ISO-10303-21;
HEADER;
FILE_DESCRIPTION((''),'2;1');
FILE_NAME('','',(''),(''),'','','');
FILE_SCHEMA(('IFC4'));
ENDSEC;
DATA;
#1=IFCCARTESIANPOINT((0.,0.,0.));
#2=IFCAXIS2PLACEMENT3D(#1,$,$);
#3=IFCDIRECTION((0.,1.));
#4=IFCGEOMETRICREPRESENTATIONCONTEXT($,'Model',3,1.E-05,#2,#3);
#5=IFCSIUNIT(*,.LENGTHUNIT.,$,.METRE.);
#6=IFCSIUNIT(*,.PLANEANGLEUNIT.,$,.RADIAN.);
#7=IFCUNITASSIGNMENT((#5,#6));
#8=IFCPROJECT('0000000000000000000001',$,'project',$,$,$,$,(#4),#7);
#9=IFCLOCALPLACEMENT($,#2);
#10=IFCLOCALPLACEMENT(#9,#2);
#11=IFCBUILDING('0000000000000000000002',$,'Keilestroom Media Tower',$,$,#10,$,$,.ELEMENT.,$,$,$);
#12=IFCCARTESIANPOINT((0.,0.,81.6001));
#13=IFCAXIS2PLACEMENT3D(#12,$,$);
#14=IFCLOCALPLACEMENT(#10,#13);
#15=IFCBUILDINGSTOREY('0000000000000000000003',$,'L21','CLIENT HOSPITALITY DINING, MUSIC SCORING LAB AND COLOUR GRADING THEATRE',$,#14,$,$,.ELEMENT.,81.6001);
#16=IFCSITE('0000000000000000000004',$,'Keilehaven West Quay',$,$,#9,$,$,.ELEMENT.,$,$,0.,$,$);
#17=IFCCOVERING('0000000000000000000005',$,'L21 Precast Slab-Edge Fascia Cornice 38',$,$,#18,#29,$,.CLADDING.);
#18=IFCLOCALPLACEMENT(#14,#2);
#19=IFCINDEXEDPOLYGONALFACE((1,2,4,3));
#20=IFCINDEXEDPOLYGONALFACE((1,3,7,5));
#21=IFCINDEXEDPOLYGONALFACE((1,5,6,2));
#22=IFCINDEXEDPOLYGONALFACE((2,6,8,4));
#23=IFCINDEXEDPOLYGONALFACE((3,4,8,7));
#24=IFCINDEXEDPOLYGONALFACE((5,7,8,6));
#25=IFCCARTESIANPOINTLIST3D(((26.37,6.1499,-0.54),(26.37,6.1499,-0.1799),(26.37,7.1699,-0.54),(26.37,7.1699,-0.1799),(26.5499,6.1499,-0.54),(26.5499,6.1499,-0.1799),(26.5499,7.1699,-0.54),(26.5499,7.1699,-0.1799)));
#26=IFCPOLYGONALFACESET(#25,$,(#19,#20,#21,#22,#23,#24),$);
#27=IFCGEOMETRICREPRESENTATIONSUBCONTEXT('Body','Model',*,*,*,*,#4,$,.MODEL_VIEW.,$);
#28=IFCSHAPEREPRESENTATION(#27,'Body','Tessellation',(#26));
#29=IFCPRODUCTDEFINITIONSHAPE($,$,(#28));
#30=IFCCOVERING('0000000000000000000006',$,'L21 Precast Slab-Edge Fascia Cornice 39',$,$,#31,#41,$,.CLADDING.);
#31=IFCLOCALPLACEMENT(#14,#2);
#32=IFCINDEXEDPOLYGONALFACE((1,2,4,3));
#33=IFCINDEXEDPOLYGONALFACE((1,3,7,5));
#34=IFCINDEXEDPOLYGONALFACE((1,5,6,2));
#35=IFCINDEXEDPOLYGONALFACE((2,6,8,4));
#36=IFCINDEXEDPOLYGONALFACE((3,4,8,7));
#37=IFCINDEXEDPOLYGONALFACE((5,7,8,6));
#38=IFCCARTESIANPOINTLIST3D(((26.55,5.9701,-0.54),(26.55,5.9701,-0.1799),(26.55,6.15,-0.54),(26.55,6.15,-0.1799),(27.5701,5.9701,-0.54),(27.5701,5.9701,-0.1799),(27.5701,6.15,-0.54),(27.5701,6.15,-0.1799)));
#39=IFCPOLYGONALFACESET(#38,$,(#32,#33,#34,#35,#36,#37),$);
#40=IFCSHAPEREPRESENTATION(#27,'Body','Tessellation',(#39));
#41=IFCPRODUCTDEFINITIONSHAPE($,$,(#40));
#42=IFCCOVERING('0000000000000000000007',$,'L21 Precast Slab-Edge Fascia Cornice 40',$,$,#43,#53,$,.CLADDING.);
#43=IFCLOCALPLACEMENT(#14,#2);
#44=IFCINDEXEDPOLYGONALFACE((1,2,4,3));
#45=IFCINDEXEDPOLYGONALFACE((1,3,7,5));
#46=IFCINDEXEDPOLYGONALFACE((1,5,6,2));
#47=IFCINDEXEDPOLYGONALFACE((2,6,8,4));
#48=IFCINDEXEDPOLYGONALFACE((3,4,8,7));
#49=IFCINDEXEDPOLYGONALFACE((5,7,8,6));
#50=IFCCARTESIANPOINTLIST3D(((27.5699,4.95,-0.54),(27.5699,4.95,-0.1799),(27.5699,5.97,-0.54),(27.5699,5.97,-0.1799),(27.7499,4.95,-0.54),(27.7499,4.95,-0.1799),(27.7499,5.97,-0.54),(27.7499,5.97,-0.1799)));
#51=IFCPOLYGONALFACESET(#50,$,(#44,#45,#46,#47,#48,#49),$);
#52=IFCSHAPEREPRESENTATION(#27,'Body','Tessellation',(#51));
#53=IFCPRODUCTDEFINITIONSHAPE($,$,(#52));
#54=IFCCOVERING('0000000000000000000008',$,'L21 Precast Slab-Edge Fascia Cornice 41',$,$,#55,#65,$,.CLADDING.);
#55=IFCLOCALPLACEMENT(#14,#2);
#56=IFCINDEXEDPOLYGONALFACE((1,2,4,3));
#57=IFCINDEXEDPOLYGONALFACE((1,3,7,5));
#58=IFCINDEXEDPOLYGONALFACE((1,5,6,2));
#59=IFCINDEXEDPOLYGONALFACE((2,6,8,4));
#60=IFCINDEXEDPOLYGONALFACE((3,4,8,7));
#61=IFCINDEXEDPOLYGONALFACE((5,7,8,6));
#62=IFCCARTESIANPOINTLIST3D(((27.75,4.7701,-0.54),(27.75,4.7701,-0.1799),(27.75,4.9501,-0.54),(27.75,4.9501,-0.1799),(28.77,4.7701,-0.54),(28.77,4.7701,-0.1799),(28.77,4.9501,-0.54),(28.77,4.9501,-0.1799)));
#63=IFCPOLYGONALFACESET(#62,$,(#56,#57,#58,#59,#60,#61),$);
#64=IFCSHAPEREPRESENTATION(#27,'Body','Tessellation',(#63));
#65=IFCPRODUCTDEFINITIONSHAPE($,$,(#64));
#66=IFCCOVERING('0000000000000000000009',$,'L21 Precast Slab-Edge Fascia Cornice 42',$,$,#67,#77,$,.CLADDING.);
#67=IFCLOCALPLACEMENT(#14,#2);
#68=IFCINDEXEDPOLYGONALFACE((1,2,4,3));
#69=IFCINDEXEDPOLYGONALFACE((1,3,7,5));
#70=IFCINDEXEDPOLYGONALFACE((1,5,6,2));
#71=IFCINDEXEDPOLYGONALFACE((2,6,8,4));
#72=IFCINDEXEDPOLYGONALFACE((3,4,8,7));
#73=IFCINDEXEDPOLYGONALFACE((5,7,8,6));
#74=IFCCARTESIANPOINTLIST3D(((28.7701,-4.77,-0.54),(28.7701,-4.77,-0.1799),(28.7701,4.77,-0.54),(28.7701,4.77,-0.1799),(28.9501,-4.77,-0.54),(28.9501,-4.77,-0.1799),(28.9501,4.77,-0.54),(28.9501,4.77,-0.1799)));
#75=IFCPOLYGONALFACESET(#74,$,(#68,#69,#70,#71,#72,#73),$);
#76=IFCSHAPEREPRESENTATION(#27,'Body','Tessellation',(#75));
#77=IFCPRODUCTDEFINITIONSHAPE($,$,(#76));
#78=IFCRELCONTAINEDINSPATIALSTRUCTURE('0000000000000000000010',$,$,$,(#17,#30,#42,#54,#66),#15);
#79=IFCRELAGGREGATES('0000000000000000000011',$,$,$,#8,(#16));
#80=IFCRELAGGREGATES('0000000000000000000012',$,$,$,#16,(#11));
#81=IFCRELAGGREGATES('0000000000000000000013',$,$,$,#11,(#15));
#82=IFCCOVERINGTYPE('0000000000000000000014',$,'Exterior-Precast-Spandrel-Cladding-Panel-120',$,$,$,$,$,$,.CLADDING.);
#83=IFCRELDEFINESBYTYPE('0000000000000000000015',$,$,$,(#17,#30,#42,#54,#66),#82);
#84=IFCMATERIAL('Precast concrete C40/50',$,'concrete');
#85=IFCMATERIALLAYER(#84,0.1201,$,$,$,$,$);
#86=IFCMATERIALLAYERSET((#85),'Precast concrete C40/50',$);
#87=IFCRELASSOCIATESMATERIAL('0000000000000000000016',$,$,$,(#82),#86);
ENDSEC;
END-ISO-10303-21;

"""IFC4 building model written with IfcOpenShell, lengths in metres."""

from ifc_helpers import new_model, si_unit, direction, frame, origin, origin_2d, place, context, subcontext, project, spatial, rectangle, extrude, source, transform, mapped, material, layer, layer_set, type_object, element, save


model = new_model("IFC4")

# Units and contexts
model_context = context("Model", 3, precision=1e-05, world=origin(), true_north=direction((0.0, 1.0)))
body_context = subcontext(model_context, "Body", "Model", "MODEL_VIEW")
ifc_project = project(units=[si_unit("LENGTHUNIT", "METRE"), si_unit("PLANEANGLEUNIT", "RADIAN")], contexts=[model_context])

# Site, building, storey
site_placement = place(None, origin())
site = spatial("IfcSite", under=ifc_project, at=site_placement, Name="Keilehaven West Quay", CompositionType="ELEMENT", RefElevation=0.0)
building_placement = place(site_placement, origin())
building = spatial("IfcBuilding", under=site, at=building_placement, Name="Keilestroom Media Tower", CompositionType="ELEMENT")
storey_placement = place(building_placement, frame((0.0, 0.0, 81.6001)))
storey = spatial("IfcBuildingStorey", under=building, at=storey_placement, Name="L21", Description="CLIENT HOSPITALITY DINING, MUSIC SCORING LAB AND COLOUR GRADING THEATRE", CompositionType="ELEMENT", Elevation=81.6001)

# Shared definitions
ifc_material_1 = material(Name="Precast concrete C40/50", Category="concrete")

# Coverings
ifc_layer_1 = layer(ifc_material_1, 0.1201)
ifc_layer_set_1 = layer_set([ifc_layer_1], Name="Precast concrete C40/50")
covering_type = type_object("IfcCoveringType", Name="Exterior-Precast-Spandrel-Cladding-Panel-120", PredefinedType="CLADDING", material=ifc_layer_set_1)
shared_shape_1 = source(origin(), body_context, "Body", "SweptSolid", [
    extrude(rectangle(XDim=1.02, YDim=0.1799, at=origin_2d()), origin(), (0.0, 0.0, 1.0), 0.3601),
])
for number, where, z_axis, x_axis, name in (
    (1, (26.46, 6.6599, -0.54), (0.0, 0.0, 1.0), (0.0, -1.0, 0.0), "L21 Precast Slab-Edge Fascia Cornice 38"),
    (2, (27.0601, 6.0601, -0.54), (0.0, 0.0, 1.0), (1.0, 0.0, 0.0), "L21 Precast Slab-Edge Fascia Cornice 39"),
    (3, (27.6599, 5.46, -0.54), (0.0, 0.0, 1.0), (0.0, -1.0, 0.0), "L21 Precast Slab-Edge Fascia Cornice 40"),
    (4, (28.26, 4.8601, -0.54), (0.0, 0.0, 1.0), (1.0, 0.0, 0.0), "L21 Precast Slab-Edge Fascia Cornice 41"),
):
    element("IfcCovering", number, at=place(storey_placement, frame(where, z_axis=z_axis, x_axis=x_axis)), inside=storey, type_object=covering_type, Name=name, PredefinedType="CLADDING", context=body_context, shape_type="MappedRepresentation", body=[
        mapped(shared_shape_1, transform((0.0, 0.0, 0.0), x_axis=(1.0, 0.0, 0.0), y_axis=(0.0, 1.0, 0.0), z_axis=(0.0, 0.0, 1.0), scale=1.0)),
    ])
shared_shape_2 = source(origin(), body_context, "Body", "SweptSolid", [
    extrude(rectangle(XDim=9.54, YDim=0.1799, at=origin_2d()), origin(), (0.0, 0.0, 1.0), 0.3601),
])
covering_placement = place(storey_placement, frame((28.8601, 0.0, -0.54), z_axis=(0.0, 0.0, 1.0), x_axis=(0.0, -1.0, 0.0)))
element("IfcCovering", 5, at=covering_placement, inside=storey, type_object=covering_type, Name="L21 Precast Slab-Edge Fascia Cornice 42", PredefinedType="CLADDING", context=body_context, shape_type="MappedRepresentation", body=[
    mapped(shared_shape_2, transform((0.0, 0.0, 0.0), x_axis=(1.0, 0.0, 0.0), y_axis=(0.0, 1.0, 0.0), z_axis=(0.0, 0.0, 1.0), scale=1.0)),
])

save(model, "model.ifc")
